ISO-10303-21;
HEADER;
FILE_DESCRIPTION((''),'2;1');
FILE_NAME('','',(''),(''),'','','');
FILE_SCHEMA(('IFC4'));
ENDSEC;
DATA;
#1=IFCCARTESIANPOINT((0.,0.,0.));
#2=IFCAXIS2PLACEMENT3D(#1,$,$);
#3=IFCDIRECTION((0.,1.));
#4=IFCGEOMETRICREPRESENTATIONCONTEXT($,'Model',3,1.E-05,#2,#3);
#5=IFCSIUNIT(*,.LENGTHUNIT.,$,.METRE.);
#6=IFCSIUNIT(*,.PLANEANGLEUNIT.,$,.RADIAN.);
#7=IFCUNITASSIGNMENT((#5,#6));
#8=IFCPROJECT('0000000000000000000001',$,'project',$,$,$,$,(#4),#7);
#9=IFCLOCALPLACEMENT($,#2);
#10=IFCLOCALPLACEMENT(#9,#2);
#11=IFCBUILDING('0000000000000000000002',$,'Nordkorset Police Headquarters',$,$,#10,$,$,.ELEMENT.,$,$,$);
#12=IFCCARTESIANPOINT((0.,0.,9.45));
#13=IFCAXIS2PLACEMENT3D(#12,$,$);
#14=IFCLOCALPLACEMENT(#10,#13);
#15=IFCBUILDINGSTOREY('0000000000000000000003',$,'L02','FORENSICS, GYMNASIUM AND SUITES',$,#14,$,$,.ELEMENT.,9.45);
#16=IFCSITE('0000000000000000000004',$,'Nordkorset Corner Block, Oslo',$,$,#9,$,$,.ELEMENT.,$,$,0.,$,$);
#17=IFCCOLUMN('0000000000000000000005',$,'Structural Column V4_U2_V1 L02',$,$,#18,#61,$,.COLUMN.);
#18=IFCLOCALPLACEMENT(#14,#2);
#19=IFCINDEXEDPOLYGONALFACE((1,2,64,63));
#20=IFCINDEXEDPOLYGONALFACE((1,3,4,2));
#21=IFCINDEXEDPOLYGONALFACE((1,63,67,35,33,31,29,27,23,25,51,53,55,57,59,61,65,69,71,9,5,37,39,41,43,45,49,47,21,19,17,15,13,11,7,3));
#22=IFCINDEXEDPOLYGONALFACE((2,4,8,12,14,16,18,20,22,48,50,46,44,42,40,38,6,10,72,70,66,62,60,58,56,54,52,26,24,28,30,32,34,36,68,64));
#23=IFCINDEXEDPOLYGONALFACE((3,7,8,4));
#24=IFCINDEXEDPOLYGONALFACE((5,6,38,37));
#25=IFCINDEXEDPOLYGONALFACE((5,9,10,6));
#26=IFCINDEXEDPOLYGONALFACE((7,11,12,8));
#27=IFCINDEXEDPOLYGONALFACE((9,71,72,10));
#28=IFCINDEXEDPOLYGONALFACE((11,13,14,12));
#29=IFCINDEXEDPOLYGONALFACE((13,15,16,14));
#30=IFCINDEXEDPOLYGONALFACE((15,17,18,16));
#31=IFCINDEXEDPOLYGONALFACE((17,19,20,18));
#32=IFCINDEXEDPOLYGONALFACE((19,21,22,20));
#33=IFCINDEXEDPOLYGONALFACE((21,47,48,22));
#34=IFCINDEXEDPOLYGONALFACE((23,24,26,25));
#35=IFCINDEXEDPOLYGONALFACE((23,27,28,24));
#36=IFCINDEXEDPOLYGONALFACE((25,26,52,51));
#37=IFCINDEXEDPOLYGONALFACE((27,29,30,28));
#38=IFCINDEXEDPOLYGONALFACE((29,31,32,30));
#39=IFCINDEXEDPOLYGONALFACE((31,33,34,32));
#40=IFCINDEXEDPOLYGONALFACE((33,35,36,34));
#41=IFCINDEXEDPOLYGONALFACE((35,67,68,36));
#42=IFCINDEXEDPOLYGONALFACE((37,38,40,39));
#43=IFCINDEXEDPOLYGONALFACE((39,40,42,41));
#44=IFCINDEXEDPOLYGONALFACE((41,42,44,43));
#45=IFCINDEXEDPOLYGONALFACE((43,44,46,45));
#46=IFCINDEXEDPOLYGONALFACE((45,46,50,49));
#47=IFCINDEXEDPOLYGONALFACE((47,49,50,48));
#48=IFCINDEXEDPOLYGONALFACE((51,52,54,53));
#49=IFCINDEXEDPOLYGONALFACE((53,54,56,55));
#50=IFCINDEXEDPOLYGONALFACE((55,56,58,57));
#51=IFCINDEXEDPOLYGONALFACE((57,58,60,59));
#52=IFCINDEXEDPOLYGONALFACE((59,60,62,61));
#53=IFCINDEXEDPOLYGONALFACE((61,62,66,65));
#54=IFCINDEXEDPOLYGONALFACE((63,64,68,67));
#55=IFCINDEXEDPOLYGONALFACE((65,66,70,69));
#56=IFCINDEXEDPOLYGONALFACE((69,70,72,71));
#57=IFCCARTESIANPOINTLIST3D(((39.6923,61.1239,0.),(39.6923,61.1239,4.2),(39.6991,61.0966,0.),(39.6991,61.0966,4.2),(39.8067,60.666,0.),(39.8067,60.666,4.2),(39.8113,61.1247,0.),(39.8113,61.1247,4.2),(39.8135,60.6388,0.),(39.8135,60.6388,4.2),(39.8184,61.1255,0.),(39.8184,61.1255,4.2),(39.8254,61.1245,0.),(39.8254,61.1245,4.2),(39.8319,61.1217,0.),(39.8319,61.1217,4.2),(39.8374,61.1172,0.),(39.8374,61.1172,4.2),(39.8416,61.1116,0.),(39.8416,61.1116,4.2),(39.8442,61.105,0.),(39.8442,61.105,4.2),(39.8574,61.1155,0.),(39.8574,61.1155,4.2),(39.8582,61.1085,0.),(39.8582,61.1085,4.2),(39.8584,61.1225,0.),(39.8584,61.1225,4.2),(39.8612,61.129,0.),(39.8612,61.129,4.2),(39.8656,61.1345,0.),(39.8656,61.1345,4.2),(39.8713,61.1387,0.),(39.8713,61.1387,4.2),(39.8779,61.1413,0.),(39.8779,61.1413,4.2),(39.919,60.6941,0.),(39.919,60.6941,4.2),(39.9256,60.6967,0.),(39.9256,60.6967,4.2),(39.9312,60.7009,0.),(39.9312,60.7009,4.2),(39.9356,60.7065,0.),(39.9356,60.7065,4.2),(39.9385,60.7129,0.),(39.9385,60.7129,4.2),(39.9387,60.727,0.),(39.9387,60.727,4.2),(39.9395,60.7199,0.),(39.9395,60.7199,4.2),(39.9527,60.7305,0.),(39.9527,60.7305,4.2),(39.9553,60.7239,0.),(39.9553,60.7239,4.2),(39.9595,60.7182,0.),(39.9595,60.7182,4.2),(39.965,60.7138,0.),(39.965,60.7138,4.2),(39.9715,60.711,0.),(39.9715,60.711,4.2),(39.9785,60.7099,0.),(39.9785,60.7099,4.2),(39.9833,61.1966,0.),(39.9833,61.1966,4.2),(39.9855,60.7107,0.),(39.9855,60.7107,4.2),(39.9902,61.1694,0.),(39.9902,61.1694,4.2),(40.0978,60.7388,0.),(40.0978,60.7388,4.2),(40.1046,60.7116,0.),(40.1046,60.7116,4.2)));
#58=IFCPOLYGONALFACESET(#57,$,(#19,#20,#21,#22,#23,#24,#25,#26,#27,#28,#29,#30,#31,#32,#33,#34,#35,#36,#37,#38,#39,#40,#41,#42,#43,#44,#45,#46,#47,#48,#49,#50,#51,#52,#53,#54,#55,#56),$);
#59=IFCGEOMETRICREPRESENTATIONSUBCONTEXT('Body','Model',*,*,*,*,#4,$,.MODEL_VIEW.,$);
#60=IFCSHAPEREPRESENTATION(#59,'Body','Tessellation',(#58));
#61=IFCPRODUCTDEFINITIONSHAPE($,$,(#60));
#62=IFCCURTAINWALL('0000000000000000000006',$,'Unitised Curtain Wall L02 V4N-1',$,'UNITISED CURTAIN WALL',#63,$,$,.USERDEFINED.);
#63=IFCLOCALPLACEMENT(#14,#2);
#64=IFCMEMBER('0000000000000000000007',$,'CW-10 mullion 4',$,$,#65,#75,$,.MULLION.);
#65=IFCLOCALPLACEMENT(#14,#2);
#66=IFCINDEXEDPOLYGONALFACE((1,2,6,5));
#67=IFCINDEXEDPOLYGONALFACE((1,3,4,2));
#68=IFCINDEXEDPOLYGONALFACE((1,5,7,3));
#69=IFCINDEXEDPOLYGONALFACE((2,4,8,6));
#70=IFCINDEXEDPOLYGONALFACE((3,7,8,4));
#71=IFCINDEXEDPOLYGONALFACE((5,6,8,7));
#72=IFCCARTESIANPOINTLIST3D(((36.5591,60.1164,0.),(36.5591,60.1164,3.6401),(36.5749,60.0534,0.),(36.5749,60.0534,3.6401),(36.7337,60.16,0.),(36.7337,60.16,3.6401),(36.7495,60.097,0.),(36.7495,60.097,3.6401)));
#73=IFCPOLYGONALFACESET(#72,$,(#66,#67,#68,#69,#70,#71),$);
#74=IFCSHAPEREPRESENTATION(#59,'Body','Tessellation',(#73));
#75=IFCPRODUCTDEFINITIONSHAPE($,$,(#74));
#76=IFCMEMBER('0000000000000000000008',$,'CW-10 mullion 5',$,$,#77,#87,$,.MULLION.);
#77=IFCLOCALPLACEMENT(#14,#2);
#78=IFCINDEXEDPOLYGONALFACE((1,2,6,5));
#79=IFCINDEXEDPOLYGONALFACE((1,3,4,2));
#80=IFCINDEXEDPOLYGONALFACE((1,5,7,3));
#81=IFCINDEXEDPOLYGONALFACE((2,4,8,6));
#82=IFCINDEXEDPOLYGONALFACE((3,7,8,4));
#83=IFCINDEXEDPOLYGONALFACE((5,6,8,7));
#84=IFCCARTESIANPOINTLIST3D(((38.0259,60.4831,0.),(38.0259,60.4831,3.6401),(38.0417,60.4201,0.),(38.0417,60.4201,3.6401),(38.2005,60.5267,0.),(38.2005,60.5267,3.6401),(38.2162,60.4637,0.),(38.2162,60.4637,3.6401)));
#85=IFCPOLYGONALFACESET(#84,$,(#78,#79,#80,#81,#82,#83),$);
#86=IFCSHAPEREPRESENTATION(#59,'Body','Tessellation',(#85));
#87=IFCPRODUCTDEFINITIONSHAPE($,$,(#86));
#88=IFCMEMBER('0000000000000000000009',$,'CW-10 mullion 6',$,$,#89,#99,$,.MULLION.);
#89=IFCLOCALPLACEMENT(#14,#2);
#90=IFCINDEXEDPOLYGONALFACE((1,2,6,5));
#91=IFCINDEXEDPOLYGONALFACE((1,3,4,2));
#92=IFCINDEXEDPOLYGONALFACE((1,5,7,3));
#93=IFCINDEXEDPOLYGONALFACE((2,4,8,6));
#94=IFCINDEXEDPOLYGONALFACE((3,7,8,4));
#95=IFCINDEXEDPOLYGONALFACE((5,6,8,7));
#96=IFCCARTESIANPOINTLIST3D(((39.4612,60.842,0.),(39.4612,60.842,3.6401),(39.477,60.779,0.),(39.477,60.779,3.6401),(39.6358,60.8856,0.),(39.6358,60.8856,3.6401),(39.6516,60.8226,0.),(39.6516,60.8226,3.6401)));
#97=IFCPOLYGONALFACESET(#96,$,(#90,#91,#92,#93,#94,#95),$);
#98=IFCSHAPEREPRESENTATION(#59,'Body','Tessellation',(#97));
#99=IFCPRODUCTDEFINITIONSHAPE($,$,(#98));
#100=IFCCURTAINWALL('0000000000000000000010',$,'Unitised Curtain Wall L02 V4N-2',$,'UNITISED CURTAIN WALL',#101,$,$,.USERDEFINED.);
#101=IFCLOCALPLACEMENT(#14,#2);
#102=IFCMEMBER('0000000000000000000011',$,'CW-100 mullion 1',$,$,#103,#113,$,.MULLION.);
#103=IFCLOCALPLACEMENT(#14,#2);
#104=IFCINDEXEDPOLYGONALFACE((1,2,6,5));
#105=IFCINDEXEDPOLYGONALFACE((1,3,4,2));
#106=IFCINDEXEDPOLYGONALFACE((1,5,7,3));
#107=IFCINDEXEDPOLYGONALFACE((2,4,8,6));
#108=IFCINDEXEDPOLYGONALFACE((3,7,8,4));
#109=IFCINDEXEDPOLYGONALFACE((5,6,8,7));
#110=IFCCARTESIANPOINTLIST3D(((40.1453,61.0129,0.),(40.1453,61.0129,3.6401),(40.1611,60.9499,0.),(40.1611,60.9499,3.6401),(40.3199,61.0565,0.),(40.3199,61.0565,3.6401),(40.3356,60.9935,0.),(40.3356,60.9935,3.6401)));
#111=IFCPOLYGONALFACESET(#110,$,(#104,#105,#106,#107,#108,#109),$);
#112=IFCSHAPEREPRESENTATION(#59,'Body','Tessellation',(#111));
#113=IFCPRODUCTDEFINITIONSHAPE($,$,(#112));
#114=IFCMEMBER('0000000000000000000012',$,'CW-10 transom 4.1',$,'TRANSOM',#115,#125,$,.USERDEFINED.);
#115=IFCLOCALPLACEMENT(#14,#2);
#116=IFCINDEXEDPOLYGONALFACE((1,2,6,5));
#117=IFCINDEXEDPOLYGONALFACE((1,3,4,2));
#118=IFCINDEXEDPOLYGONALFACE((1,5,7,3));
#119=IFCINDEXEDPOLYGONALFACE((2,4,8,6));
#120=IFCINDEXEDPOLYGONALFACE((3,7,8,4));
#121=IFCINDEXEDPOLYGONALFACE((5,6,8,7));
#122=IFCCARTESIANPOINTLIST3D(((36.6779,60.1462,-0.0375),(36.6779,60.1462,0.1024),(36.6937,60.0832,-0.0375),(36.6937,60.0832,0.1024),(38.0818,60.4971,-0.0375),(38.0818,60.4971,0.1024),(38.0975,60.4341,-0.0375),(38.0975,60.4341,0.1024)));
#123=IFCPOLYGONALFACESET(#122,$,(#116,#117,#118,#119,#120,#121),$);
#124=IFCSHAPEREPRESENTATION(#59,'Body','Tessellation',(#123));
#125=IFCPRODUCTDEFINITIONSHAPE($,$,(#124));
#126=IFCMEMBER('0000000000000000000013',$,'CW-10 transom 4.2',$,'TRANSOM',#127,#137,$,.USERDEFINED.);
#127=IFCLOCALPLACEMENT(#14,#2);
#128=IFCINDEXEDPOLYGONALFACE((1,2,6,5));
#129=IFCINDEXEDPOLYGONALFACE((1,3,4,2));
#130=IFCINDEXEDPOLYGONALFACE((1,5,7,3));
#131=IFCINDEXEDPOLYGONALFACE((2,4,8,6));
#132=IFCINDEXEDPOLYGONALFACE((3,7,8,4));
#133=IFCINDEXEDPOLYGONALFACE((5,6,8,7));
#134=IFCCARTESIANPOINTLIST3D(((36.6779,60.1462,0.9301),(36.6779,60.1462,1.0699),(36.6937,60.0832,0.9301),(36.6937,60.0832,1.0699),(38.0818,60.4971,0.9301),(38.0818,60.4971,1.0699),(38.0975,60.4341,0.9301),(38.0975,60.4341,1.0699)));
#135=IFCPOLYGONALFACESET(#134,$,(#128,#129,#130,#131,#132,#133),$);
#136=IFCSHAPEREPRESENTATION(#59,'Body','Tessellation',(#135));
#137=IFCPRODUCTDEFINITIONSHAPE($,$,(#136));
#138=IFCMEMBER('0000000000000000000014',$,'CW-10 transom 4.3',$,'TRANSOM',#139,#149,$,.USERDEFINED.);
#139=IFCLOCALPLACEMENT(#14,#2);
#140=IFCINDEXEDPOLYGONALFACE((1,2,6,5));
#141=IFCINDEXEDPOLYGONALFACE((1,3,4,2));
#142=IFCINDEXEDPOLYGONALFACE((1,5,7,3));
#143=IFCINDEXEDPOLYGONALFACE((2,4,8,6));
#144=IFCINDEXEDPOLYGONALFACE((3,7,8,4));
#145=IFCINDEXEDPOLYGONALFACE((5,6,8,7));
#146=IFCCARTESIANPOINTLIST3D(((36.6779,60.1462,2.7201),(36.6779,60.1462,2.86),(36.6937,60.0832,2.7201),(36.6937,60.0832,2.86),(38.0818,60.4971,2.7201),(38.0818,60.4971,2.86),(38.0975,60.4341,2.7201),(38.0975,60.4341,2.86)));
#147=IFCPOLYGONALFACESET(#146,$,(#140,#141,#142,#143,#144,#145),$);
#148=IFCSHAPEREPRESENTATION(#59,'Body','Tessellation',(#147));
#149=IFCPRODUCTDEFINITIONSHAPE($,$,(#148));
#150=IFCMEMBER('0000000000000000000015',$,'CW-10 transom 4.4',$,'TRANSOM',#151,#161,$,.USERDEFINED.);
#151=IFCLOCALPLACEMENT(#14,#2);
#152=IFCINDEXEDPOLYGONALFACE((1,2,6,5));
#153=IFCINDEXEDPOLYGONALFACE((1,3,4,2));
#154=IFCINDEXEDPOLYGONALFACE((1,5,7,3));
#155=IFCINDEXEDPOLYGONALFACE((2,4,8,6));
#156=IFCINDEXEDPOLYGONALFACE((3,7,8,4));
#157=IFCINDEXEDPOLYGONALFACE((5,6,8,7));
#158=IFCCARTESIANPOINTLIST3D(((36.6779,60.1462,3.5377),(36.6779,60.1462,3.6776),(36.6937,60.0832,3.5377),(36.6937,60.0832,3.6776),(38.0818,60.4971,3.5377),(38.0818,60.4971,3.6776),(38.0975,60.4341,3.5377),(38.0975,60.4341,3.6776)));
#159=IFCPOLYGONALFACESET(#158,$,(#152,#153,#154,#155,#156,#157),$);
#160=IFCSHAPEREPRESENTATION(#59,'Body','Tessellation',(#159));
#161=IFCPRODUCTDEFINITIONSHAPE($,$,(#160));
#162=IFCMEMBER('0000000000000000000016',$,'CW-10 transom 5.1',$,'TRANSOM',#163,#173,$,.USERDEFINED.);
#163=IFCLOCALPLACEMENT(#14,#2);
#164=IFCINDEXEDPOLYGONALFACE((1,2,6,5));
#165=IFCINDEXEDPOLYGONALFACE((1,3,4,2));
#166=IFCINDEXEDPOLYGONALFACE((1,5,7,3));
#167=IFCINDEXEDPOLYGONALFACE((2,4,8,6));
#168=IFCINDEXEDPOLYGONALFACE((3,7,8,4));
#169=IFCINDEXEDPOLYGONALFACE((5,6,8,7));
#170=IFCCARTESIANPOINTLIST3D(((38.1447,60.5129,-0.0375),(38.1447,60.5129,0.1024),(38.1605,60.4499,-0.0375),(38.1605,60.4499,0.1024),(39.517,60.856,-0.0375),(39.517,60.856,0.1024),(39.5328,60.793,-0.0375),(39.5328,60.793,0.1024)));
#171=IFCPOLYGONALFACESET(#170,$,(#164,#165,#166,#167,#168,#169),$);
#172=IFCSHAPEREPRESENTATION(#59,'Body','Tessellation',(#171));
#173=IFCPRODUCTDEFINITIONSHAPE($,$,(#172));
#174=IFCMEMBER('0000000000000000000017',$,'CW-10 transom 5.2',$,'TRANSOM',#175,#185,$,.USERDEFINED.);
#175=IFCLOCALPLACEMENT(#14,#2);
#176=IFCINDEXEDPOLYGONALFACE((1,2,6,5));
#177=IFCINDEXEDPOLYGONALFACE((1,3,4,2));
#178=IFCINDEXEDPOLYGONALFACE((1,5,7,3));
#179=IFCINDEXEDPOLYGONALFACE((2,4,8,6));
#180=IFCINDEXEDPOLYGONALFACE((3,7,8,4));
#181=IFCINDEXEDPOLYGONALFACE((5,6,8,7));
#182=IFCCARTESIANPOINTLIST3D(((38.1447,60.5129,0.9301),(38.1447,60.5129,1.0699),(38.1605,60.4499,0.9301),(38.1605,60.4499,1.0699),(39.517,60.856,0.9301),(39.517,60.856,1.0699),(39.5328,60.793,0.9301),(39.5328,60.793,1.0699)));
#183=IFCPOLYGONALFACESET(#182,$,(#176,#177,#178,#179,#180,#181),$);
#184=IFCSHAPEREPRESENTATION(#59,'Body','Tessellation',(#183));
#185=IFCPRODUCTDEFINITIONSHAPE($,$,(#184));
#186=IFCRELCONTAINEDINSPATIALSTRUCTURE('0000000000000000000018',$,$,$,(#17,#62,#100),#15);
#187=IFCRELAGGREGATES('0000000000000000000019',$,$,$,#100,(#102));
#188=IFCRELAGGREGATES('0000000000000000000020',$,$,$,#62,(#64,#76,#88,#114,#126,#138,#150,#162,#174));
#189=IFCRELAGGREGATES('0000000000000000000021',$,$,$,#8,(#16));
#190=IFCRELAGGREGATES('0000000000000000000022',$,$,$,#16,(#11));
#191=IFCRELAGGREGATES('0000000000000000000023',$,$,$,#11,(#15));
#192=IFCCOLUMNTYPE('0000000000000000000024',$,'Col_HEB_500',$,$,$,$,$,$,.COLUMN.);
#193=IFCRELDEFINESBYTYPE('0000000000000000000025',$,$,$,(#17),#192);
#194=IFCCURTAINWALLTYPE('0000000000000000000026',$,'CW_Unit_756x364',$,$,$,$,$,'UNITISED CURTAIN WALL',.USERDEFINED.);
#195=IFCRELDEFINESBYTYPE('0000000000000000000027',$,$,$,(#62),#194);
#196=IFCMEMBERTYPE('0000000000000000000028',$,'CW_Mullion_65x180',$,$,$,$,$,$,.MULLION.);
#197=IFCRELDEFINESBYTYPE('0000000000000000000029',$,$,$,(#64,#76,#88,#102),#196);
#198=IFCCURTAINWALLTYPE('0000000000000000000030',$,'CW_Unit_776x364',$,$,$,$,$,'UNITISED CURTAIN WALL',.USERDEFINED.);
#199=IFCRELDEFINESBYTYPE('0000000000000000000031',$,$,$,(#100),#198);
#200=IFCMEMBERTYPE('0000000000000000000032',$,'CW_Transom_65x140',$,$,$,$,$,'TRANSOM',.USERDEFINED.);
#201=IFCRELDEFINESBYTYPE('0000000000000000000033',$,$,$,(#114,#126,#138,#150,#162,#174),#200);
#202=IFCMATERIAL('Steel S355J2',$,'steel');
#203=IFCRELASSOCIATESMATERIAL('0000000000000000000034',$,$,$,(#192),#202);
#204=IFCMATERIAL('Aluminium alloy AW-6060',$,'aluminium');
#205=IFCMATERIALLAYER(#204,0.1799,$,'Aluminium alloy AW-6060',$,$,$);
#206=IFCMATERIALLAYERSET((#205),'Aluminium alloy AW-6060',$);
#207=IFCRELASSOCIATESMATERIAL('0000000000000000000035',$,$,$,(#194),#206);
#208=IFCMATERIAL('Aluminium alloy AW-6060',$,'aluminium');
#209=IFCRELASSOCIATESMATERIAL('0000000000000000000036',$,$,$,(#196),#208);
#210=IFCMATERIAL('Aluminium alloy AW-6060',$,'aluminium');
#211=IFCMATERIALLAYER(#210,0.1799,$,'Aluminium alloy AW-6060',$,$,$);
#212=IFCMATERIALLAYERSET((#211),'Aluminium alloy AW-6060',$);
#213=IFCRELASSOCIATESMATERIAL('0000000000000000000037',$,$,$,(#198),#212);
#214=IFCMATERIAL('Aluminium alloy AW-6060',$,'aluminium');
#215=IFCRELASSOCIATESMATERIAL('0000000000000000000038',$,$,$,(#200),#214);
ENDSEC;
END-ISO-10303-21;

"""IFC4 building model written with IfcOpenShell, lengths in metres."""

from ifc_helpers import new_model, si_unit, direction, frame, origin, origin_2d, place, context, subcontext, project, spatial, rectangle, i_section, extrude, material, layer, layer_set, material_profile, profile_set, type_object, element, aggregate, save


model = new_model("IFC4")

# Units and contexts
model_context = context("Model", 3, precision=1e-05, world=origin(), true_north=direction((0.0, 1.0)))
body_context = subcontext(model_context, "Body", "Model", "MODEL_VIEW")
ifc_project = project(units=[si_unit("LENGTHUNIT", "METRE"), si_unit("PLANEANGLEUNIT", "RADIAN")], contexts=[model_context])

# Site, building, storey
site_placement = place(None, origin())
site = spatial("IfcSite", under=ifc_project, at=site_placement, Name="Nordkorset Corner Block, Oslo", CompositionType="ELEMENT", RefElevation=0.0)
building_placement = place(site_placement, origin())
building = spatial("IfcBuilding", under=site, at=building_placement, Name="Nordkorset Police Headquarters", CompositionType="ELEMENT")
storey_placement = place(building_placement, frame((0.0, 0.0, 9.45)))
storey = spatial("IfcBuildingStorey", under=building, at=storey_placement, Name="L02", Description="FORENSICS, GYMNASIUM AND SUITES", CompositionType="ELEMENT", Elevation=9.45)

# Column
ifc_material_1 = material(Name="Steel S355J2", Category="steel")
ifc_material_profile_1 = material_profile(ifc_material_1, i_section(OverallWidth=0.3, OverallDepth=0.5, WebThickness=0.0144, FlangeThickness=0.0281, FilletRadius=0.0271, at=origin_2d()), Name="HEB 500")
ifc_profile_set_1 = profile_set([ifc_material_profile_1], Name="Steel S355J2")
column_type = type_object("IfcColumnType", Name="Col_HEB_500", PredefinedType="COLUMN", material=ifc_profile_set_1)
column_placement = place(storey_placement, frame((39.8984, 60.9177, 0.0), z_axis=(0.0, 0.0, 1.0), x_axis=(0.970143, 0.242536, 0.0)))
element("IfcColumn", 1, at=column_placement, inside=storey, type_object=column_type, Name="Structural Column V4_U2_V1 L02", PredefinedType="COLUMN", context=body_context, shape_type="SweptSolid", body=[
    extrude(i_section(OverallWidth=0.3, OverallDepth=0.5, WebThickness=0.0144, FlangeThickness=0.0281, FilletRadius=0.0271, at=origin_2d()), origin(), (0.0, 0.0, 1.0), 4.2),
])

# Curtain wall, members
ifc_material_2 = material(Name="Aluminium alloy AW-6060", Category="aluminium")
ifc_layer_1 = layer(ifc_material_2, 0.1799, Name="Aluminium alloy AW-6060")
ifc_layer_set_1 = layer_set([ifc_layer_1], Name="Aluminium alloy AW-6060")
curtain_wall_type_1 = type_object("IfcCurtainWallType", Name="CW_Unit_756x364", ElementType="UNITISED CURTAIN WALL", PredefinedType="USERDEFINED", material=ifc_layer_set_1)
curtain_wall_1_placement = place(storey_placement, origin())
curtain_wall_1 = element("IfcCurtainWall", 2, at=curtain_wall_1_placement, inside=storey, type_object=curtain_wall_type_1, Name="Unitised Curtain Wall L02 V4N-1", ObjectType="UNITISED CURTAIN WALL", PredefinedType="USERDEFINED")
ifc_material_3 = material(Name="Aluminium alloy AW-6060", Category="aluminium")
ifc_material_profile_2 = material_profile(ifc_material_3, rectangle(XDim=0.0649, YDim=0.1799, at=origin_2d()), Name="ALU MULL 65x180")
ifc_profile_set_2 = profile_set([ifc_material_profile_2], Name="Aluminium alloy AW-6060")
member_type_1 = type_object("IfcMemberType", Name="CW_Mullion_65x180", PredefinedType="MULLION", material=ifc_profile_set_2)
member_1_placement = place(storey_placement, frame((36.6543, 60.1067, 0.0), z_axis=(0.0, 0.0, 1.0), x_axis=(-0.242536, 0.970143, 0.0)))
member_1 = element("IfcMember", 3, at=member_1_placement, type_object=member_type_1, Name="CW-10 mullion 4", PredefinedType="MULLION", context=body_context, shape_type="SweptSolid", body=[
    extrude(rectangle(XDim=0.0649, YDim=0.1799, at=origin_2d()), origin(), (0.0, 0.0, 1.0), 3.6401),
])
member_2_placement = place(storey_placement, frame((38.1211, 60.4734, 0.0), z_axis=(0.0, 0.0, 1.0), x_axis=(-0.242536, 0.970143, 0.0)))
member_2 = element("IfcMember", 4, at=member_2_placement, type_object=member_type_1, Name="CW-10 mullion 5", PredefinedType="MULLION", context=body_context, shape_type="SweptSolid", body=[
    extrude(rectangle(XDim=0.0649, YDim=0.1799, at=origin_2d()), origin(), (0.0, 0.0, 1.0), 3.6401),
])
member_3_placement = place(storey_placement, frame((39.5564, 60.8323, 0.0), z_axis=(0.0, 0.0, 1.0), x_axis=(-0.242536, 0.970143, 0.0)))
member_3 = element("IfcMember", 5, at=member_3_placement, type_object=member_type_1, Name="CW-10 mullion 6", PredefinedType="MULLION", context=body_context, shape_type="SweptSolid", body=[
    extrude(rectangle(XDim=0.0649, YDim=0.1799, at=origin_2d()), origin(), (0.0, 0.0, 1.0), 3.6401),
])

# Curtain wall, member
ifc_material_4 = material(Name="Aluminium alloy AW-6060", Category="aluminium")
ifc_layer_2 = layer(ifc_material_4, 0.1799, Name="Aluminium alloy AW-6060")
ifc_layer_set_2 = layer_set([ifc_layer_2], Name="Aluminium alloy AW-6060")
curtain_wall_type_2 = type_object("IfcCurtainWallType", Name="CW_Unit_776x364", ElementType="UNITISED CURTAIN WALL", PredefinedType="USERDEFINED", material=ifc_layer_set_2)
curtain_wall_2_placement = place(storey_placement, origin())
curtain_wall_2 = element("IfcCurtainWall", 6, at=curtain_wall_2_placement, inside=storey, type_object=curtain_wall_type_2, Name="Unitised Curtain Wall L02 V4N-2", ObjectType="UNITISED CURTAIN WALL", PredefinedType="USERDEFINED")
member_4_placement = place(storey_placement, frame((40.2405, 61.0032, 0.0), z_axis=(0.0, 0.0, 1.0), x_axis=(-0.242536, 0.970142, 0.0)))
member_4 = element("IfcMember", 7, at=member_4_placement, type_object=member_type_1, Name="CW-100 mullion 1", PredefinedType="MULLION", context=body_context, shape_type="SweptSolid", body=[
    extrude(rectangle(XDim=0.0649, YDim=0.1799, at=origin_2d()), origin(), (0.0, 0.0, 1.0), 3.6401),
])

# Members
ifc_material_5 = material(Name="Aluminium alloy AW-6060", Category="aluminium")
ifc_material_profile_3 = material_profile(ifc_material_5, rectangle(XDim=0.0649, YDim=0.1399, at=origin_2d()), Name="ALU TRAN 65x140")
ifc_profile_set_3 = profile_set([ifc_material_profile_3], Name="Aluminium alloy AW-6060")
member_type_2 = type_object("IfcMemberType", Name="CW_Transom_65x140", ElementType="TRANSOM", PredefinedType="USERDEFINED", material=ifc_profile_set_3)
member_5_placement = place(storey_placement, frame((36.6858, 60.1147, 0.0325), z_axis=(0.970162, 0.242456, 0.0), x_axis=(-0.242456, 0.970162, 0.0)))
member_5 = element("IfcMember", 8, at=member_5_placement, type_object=member_type_2, Name="CW-10 transom 4.1", ObjectType="TRANSOM", PredefinedType="USERDEFINED", context=body_context, shape_type="SweptSolid", body=[
    extrude(rectangle(XDim=0.0649, YDim=0.1399, at=origin_2d()), origin(), (0.0, 0.0, 1.0), 1.447),
])
member_6_placement = place(storey_placement, frame((36.6858, 60.1147, 1.0), z_axis=(0.970162, 0.242456, 0.0), x_axis=(-0.242456, 0.970162, 0.0)))
member_6 = element("IfcMember", 9, at=member_6_placement, type_object=member_type_2, Name="CW-10 transom 4.2", ObjectType="TRANSOM", PredefinedType="USERDEFINED", context=body_context, shape_type="SweptSolid", body=[
    extrude(rectangle(XDim=0.0649, YDim=0.1399, at=origin_2d()), origin(), (0.0, 0.0, 1.0), 1.447),
])
member_7_placement = place(storey_placement, frame((36.6858, 60.1147, 2.79), z_axis=(0.970162, 0.242456, 0.0), x_axis=(-0.242456, 0.970162, 0.0)))
member_7 = element("IfcMember", 10, at=member_7_placement, type_object=member_type_2, Name="CW-10 transom 4.3", ObjectType="TRANSOM", PredefinedType="USERDEFINED", context=body_context, shape_type="SweptSolid", body=[
    extrude(rectangle(XDim=0.0649, YDim=0.1399, at=origin_2d()), origin(), (0.0, 0.0, 1.0), 1.447),
])
member_8_placement = place(storey_placement, frame((36.6858, 60.1147, 3.6077), z_axis=(0.970162, 0.242456, 0.0), x_axis=(-0.242456, 0.970162, 0.0)))
member_8 = element("IfcMember", 11, at=member_8_placement, type_object=member_type_2, Name="CW-10 transom 4.4", ObjectType="TRANSOM", PredefinedType="USERDEFINED", context=body_context, shape_type="SweptSolid", body=[
    extrude(rectangle(XDim=0.0649, YDim=0.1399, at=origin_2d()), origin(), (0.0, 0.0, 1.0), 1.447),
])
member_9_placement = place(storey_placement, frame((38.1526, 60.4814, 0.0325), z_axis=(0.970153, 0.242495, 0.0), x_axis=(-0.242495, 0.970153, 0.0)))
member_9 = element("IfcMember", 12, at=member_9_placement, type_object=member_type_2, Name="CW-10 transom 5.1", ObjectType="TRANSOM", PredefinedType="USERDEFINED", context=body_context, shape_type="SweptSolid", body=[
    extrude(rectangle(XDim=0.0649, YDim=0.1399, at=origin_2d()), origin(), (0.0, 0.0, 1.0), 1.4146),
])
member_10_placement = place(storey_placement, frame((38.1526, 60.4814, 1.0), z_axis=(0.970153, 0.242495, 0.0), x_axis=(-0.242495, 0.970153, 0.0)))
member_10 = element("IfcMember", 13, at=member_10_placement, type_object=member_type_2, Name="CW-10 transom 5.2", ObjectType="TRANSOM", PredefinedType="USERDEFINED", context=body_context, shape_type="SweptSolid", body=[
    extrude(rectangle(XDim=0.0649, YDim=0.1399, at=origin_2d()), origin(), (0.0, 0.0, 1.0), 1.4146),
])
aggregate(curtain_wall_2, [member_4])

aggregate(curtain_wall_1, [member_1, member_2, member_3, member_5, member_6, member_7, member_8, member_9, member_10])

save(model, "model.ifc")
